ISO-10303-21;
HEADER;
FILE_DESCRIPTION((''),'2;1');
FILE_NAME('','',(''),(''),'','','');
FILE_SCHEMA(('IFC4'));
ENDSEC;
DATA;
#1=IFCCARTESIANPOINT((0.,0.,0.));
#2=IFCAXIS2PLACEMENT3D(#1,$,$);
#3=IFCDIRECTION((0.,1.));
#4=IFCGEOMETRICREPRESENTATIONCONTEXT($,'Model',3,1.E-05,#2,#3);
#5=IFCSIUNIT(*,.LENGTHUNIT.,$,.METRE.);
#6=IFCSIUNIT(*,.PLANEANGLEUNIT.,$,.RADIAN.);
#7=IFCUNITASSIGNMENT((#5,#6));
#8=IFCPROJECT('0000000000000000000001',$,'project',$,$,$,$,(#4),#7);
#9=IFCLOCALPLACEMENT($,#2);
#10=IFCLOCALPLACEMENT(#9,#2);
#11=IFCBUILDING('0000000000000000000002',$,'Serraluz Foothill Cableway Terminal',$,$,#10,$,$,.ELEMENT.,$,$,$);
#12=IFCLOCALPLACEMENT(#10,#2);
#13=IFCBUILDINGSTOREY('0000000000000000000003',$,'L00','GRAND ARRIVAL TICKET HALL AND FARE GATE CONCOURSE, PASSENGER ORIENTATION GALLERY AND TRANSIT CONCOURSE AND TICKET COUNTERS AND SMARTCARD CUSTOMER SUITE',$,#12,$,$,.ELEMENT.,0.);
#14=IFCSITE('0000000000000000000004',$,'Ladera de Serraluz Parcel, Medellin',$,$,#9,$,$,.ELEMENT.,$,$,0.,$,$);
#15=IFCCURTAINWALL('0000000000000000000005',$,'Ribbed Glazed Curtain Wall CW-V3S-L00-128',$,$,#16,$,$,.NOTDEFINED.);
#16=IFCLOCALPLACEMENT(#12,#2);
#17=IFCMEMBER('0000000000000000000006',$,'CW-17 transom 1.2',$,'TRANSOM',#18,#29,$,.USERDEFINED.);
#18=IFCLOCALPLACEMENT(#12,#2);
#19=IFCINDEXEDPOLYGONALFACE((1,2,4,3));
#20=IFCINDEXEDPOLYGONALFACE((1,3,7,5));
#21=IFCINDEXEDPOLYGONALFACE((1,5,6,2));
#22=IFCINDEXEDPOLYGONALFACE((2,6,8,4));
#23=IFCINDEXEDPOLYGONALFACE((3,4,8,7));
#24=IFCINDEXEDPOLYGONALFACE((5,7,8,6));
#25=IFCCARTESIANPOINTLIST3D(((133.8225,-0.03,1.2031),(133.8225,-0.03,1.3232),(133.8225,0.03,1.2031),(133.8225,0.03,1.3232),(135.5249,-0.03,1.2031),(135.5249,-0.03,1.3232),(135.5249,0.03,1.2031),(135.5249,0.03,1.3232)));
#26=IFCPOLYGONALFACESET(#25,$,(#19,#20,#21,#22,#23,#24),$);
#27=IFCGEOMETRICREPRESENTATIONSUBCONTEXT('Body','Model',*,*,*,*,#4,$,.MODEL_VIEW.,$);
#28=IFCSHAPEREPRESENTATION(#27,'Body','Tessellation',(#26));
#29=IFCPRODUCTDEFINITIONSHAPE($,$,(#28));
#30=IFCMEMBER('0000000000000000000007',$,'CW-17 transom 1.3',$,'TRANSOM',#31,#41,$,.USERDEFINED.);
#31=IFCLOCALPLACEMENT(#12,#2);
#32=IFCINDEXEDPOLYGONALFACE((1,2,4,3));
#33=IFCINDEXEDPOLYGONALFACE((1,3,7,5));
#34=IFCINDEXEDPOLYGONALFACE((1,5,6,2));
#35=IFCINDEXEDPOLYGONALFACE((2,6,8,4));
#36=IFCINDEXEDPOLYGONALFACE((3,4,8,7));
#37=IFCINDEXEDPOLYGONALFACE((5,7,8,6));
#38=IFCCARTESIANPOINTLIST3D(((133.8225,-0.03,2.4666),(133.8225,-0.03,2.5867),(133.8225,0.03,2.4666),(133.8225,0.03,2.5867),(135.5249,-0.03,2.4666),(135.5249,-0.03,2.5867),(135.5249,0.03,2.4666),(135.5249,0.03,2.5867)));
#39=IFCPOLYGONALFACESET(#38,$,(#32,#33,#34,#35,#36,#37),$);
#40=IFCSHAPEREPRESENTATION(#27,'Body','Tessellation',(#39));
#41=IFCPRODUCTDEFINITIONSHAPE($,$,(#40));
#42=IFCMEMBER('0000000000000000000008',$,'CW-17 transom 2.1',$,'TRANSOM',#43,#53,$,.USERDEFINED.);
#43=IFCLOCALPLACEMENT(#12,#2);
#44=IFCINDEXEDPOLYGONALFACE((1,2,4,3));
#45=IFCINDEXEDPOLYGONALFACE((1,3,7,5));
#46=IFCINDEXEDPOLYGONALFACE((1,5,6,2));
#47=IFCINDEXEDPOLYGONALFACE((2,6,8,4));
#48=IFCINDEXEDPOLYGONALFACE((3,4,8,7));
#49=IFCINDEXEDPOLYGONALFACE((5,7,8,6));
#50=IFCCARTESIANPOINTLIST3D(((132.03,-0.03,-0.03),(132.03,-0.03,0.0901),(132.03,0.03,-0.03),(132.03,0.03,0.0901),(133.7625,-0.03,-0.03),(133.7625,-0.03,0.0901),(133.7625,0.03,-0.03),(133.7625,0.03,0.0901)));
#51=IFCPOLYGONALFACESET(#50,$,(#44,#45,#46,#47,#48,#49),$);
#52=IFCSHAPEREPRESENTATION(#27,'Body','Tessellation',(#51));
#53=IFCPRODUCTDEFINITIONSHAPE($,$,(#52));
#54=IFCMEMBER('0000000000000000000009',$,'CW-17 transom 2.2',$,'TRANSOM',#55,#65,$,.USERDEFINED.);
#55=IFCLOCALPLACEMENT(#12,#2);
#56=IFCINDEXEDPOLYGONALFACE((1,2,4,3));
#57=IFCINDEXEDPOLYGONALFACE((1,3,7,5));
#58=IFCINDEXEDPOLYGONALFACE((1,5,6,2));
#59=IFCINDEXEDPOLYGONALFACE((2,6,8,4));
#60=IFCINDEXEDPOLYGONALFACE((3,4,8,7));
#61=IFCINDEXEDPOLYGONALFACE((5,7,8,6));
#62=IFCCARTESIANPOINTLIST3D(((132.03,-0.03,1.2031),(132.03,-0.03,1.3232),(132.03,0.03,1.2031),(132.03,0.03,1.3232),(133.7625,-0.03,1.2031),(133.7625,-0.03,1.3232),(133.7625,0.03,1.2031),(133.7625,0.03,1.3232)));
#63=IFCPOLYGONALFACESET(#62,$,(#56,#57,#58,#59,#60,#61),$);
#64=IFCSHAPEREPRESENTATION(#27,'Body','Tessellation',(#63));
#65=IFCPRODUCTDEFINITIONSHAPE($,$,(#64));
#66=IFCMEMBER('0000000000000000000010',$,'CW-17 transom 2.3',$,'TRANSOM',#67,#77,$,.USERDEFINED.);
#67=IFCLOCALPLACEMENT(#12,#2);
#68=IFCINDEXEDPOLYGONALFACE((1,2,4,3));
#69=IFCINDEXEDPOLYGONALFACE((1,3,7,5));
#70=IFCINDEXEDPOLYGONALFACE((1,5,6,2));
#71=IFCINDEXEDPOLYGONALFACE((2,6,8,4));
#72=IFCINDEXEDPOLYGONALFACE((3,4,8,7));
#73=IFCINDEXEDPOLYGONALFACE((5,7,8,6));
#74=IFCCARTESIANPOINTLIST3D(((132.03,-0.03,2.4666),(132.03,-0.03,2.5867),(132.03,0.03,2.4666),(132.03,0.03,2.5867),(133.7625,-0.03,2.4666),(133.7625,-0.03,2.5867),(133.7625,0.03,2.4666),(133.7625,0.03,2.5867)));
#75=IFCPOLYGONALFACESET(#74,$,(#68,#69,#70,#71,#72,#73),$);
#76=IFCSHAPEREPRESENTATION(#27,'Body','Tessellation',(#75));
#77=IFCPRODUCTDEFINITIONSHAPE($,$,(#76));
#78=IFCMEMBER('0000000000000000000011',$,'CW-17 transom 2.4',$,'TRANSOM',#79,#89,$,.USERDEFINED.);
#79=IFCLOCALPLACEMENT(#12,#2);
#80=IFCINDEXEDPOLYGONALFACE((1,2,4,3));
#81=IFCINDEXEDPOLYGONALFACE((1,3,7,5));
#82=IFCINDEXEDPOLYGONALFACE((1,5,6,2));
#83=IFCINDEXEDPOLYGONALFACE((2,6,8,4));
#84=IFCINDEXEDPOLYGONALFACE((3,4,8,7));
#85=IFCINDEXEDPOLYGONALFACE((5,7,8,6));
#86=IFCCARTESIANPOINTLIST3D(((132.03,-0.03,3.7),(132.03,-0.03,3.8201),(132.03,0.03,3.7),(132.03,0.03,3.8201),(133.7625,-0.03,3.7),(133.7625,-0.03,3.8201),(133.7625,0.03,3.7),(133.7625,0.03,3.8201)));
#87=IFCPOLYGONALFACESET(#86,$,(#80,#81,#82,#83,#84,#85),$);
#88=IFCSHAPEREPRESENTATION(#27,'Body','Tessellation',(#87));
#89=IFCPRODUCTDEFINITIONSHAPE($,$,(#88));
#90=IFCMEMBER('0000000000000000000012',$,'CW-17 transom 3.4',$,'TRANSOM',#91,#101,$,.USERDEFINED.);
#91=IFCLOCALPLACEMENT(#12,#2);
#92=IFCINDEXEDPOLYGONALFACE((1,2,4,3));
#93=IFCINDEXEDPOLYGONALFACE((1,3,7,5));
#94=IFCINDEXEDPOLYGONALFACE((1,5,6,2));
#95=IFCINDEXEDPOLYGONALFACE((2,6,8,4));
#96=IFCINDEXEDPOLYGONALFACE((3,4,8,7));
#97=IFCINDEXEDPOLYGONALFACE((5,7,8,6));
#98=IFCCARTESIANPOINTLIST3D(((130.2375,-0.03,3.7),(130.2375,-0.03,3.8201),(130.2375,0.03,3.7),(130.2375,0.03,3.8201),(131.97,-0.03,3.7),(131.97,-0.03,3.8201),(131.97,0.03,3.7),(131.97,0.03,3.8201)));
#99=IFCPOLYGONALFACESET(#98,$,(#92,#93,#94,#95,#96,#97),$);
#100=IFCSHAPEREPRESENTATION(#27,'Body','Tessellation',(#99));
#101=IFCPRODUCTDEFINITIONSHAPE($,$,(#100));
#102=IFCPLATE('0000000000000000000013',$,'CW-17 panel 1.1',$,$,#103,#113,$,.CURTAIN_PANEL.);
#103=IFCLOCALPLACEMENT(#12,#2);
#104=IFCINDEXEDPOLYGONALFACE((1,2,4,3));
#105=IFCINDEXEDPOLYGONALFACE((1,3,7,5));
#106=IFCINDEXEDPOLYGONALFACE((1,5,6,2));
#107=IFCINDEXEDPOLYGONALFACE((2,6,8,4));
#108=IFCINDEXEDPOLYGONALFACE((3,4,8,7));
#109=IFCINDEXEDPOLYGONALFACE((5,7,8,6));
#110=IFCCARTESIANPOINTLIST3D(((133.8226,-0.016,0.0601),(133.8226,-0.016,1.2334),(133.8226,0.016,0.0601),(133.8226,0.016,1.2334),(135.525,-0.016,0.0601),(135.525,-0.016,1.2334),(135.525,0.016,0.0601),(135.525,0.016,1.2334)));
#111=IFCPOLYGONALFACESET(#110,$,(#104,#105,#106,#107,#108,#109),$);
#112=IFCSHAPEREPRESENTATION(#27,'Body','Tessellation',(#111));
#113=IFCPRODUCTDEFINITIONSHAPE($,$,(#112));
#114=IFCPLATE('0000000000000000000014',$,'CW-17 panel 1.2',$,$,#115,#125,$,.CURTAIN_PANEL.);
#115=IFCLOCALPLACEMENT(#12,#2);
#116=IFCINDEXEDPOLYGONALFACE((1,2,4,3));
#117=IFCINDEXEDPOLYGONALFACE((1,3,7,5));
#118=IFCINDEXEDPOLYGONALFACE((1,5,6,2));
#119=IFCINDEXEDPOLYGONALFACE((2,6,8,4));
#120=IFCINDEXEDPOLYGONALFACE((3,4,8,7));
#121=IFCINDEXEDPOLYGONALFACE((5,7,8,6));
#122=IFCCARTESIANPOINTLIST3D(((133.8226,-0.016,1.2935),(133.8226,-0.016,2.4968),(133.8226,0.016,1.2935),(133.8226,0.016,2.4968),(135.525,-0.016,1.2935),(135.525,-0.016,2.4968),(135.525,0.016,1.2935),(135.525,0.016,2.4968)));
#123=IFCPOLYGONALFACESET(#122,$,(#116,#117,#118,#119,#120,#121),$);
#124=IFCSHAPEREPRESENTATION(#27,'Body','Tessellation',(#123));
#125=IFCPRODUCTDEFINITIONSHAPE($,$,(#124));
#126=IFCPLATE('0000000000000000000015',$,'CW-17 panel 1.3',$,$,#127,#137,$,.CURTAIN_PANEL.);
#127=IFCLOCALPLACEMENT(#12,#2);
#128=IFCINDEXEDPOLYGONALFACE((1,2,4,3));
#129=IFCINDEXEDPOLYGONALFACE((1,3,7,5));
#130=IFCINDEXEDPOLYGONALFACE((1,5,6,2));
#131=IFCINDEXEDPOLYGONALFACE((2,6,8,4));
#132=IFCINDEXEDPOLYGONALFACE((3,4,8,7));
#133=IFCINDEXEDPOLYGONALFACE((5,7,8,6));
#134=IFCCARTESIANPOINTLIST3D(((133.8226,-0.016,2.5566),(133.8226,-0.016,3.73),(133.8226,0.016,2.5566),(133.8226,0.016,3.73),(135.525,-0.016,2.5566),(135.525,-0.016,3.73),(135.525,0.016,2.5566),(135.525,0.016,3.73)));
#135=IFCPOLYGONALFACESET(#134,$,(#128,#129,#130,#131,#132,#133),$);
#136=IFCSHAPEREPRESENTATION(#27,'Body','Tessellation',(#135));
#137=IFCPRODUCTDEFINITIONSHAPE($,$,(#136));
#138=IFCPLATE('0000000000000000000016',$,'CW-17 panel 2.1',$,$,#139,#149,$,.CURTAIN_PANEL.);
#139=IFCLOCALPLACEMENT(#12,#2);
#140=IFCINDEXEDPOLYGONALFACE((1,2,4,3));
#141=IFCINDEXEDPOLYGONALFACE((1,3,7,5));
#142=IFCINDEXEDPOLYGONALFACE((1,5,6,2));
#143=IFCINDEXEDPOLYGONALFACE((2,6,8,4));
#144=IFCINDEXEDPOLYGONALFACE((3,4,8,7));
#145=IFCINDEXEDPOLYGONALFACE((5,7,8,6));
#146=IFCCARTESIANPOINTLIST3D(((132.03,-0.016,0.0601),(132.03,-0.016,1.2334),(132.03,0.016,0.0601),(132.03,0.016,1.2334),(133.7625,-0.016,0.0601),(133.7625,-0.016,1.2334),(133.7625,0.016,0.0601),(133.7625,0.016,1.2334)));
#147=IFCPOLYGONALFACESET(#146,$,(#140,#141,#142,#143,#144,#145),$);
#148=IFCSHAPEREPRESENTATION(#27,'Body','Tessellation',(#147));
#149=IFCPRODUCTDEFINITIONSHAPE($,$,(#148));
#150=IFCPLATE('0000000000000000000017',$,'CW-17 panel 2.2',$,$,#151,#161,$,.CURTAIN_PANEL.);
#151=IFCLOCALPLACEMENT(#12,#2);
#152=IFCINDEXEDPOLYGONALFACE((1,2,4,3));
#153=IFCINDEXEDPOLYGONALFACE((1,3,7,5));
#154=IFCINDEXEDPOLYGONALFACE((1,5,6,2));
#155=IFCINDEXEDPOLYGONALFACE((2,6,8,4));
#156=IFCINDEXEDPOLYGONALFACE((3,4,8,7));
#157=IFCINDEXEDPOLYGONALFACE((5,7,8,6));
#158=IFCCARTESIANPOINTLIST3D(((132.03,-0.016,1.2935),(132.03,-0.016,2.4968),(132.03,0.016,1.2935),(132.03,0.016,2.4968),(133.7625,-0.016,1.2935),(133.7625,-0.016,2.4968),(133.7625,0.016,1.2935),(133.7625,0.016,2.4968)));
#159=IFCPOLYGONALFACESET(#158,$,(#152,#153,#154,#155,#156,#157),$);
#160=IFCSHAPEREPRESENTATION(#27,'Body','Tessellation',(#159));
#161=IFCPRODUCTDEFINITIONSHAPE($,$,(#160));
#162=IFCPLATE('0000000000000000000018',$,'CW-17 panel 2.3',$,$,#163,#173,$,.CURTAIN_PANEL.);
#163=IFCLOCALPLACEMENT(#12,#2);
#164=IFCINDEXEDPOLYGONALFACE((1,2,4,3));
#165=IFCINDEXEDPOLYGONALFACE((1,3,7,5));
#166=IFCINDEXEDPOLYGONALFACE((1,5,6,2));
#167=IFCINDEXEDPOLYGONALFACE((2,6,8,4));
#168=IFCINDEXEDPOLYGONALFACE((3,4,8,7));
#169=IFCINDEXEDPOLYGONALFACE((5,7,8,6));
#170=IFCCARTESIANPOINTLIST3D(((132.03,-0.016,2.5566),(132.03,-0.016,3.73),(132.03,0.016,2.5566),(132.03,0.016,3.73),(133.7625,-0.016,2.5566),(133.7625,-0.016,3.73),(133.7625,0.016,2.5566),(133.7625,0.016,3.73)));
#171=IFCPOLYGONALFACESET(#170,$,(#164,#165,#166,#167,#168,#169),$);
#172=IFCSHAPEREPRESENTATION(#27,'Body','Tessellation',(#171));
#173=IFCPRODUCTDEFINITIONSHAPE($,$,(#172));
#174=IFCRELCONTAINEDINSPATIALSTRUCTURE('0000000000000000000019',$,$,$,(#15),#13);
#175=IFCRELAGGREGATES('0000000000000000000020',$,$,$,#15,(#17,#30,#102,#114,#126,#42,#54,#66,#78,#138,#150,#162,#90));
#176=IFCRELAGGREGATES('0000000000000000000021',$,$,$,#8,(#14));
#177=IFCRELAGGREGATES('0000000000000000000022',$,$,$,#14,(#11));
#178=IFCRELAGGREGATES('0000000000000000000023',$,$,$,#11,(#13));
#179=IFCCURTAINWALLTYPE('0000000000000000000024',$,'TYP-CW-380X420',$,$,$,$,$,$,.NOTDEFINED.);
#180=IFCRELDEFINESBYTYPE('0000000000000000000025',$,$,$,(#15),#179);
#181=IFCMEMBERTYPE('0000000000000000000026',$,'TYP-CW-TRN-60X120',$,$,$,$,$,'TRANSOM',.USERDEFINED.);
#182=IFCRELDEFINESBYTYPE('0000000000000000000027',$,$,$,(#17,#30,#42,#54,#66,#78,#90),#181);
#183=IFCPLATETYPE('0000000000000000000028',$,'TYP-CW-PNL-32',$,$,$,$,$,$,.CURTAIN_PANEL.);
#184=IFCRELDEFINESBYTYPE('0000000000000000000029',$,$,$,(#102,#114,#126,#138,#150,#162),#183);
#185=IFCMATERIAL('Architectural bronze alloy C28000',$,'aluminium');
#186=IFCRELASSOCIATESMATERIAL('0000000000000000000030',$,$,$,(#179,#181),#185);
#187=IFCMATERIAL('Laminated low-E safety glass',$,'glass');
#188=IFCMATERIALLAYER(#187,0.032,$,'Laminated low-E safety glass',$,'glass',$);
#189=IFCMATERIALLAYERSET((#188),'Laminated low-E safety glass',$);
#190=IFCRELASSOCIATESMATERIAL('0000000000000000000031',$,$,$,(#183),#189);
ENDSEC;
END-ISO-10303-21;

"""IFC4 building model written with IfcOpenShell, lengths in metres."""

from ifc_helpers import new_model, si_unit, direction, frame, origin, origin_2d, place, context, subcontext, project, spatial, rectangle, extrude, material, layer, layer_set, material_profile, profile_set, type_object, element, aggregate, save


model = new_model("IFC4")

# Units and contexts
model_context = context("Model", 3, precision=1e-05, world=origin(), true_north=direction((0.0, 1.0)))
body_context = subcontext(model_context, "Body", "Model", "MODEL_VIEW")
ifc_project = project(units=[si_unit("LENGTHUNIT", "METRE"), si_unit("PLANEANGLEUNIT", "RADIAN")], contexts=[model_context])

# Site, building, storey
site_placement = place(None, origin())
site = spatial("IfcSite", under=ifc_project, at=site_placement, Name="Ladera de Serraluz Parcel, Medellin", CompositionType="ELEMENT", RefElevation=0.0)
building_placement = place(site_placement, origin())
building = spatial("IfcBuilding", under=site, at=building_placement, Name="Serraluz Foothill Cableway Terminal", CompositionType="ELEMENT")
storey_placement = place(building_placement, origin())
storey = spatial("IfcBuildingStorey", under=building, at=storey_placement, Name="L00", Description="GRAND ARRIVAL TICKET HALL AND FARE GATE CONCOURSE, PASSENGER ORIENTATION GALLERY AND TRANSIT CONCOURSE AND TICKET COUNTERS AND SMARTCARD CUSTOMER SUITE", CompositionType="ELEMENT", Elevation=0.0)

# Curtain wall, members, plates
ifc_material_1 = material(Name="Architectural bronze alloy C28000", Category="aluminium")
curtain_wall_type = type_object("IfcCurtainWallType", Name="TYP-CW-380X420", PredefinedType="NOTDEFINED", material=ifc_material_1)
curtain_wall_placement = place(storey_placement, origin())
curtain_wall = element("IfcCurtainWall", 1, at=curtain_wall_placement, inside=storey, type_object=curtain_wall_type, Name="Ribbed Glazed Curtain Wall CW-V3S-L00-128", PredefinedType="NOTDEFINED")
ifc_material_profile_1 = material_profile(ifc_material_1, rectangle(XDim=0.0601, YDim=0.1201, at=origin_2d()), Name="ALU TRANSOM 60x120")
ifc_profile_set_1 = profile_set([ifc_material_profile_1], Name="Architectural bronze alloy C28000")
member_type_1 = type_object("IfcMemberType", Name="TYP-CW-TRN-60X120", ElementType="TRANSOM", PredefinedType="USERDEFINED", material=ifc_profile_set_1)
member_1_placement = place(storey_placement, frame((135.5249, 0.0, 1.2632), z_axis=(-1.0, 0.0, 0.0), x_axis=(0.0, -1.0, 0.0)))
member_1 = element("IfcMember", 2, at=member_1_placement, type_object=member_type_1, Name="CW-17 transom 1.2", ObjectType="TRANSOM", PredefinedType="USERDEFINED", context=body_context, shape_type="SweptSolid", body=[
    extrude(rectangle(XDim=0.0601, YDim=0.1201, at=origin_2d()), origin(), (0.0, 0.0, 1.0), 1.7024),
])
member_2_placement = place(storey_placement, frame((135.5249, 0.0, 2.5266), z_axis=(-1.0, 0.0, 0.0), x_axis=(0.0, -1.0, 0.0)))
member_2 = element("IfcMember", 3, at=member_2_placement, type_object=member_type_1, Name="CW-17 transom 1.3", ObjectType="TRANSOM", PredefinedType="USERDEFINED", context=body_context, shape_type="SweptSolid", body=[
    extrude(rectangle(XDim=0.0601, YDim=0.1201, at=origin_2d()), origin(), (0.0, 0.0, 1.0), 1.7024),
])
member_3_placement = place(storey_placement, frame((133.7625, 0.0, 0.03), z_axis=(-1.0, 0.0, 0.0), x_axis=(0.0, -1.0, 0.0)))
member_3 = element("IfcMember", 4, at=member_3_placement, type_object=member_type_1, Name="CW-17 transom 2.1", ObjectType="TRANSOM", PredefinedType="USERDEFINED", context=body_context, shape_type="SweptSolid", body=[
    extrude(rectangle(XDim=0.0601, YDim=0.1201, at=origin_2d()), origin(), (0.0, 0.0, 1.0), 1.7324),
])
member_4_placement = place(storey_placement, frame((133.7625, 0.0, 1.2632), z_axis=(-1.0, 0.0, 0.0), x_axis=(0.0, -1.0, 0.0)))
member_4 = element("IfcMember", 5, at=member_4_placement, type_object=member_type_1, Name="CW-17 transom 2.2", ObjectType="TRANSOM", PredefinedType="USERDEFINED", context=body_context, shape_type="SweptSolid", body=[
    extrude(rectangle(XDim=0.0601, YDim=0.1201, at=origin_2d()), origin(), (0.0, 0.0, 1.0), 1.7324),
])
member_5_placement = place(storey_placement, frame((133.7625, 0.0, 2.5266), z_axis=(-1.0, 0.0, 0.0), x_axis=(0.0, -1.0, 0.0)))
member_5 = element("IfcMember", 6, at=member_5_placement, type_object=member_type_1, Name="CW-17 transom 2.3", ObjectType="TRANSOM", PredefinedType="USERDEFINED", context=body_context, shape_type="SweptSolid", body=[
    extrude(rectangle(XDim=0.0601, YDim=0.1201, at=origin_2d()), origin(), (0.0, 0.0, 1.0), 1.7324),
])
member_6_placement = place(storey_placement, frame((133.7625, 0.0, 3.76), z_axis=(-1.0, 0.0, 0.0), x_axis=(0.0, -1.0, 0.0)))
member_6 = element("IfcMember", 7, at=member_6_placement, type_object=member_type_1, Name="CW-17 transom 2.4", ObjectType="TRANSOM", PredefinedType="USERDEFINED", context=body_context, shape_type="SweptSolid", body=[
    extrude(rectangle(XDim=0.0601, YDim=0.1201, at=origin_2d()), origin(), (0.0, 0.0, 1.0), 1.7324),
])
member_7_placement = place(storey_placement, frame((131.97, 0.0, 3.76), z_axis=(-1.0, 0.0, 0.0), x_axis=(0.0, -1.0, 0.0)))
member_7 = element("IfcMember", 8, at=member_7_placement, type_object=member_type_1, Name="CW-17 transom 3.4", ObjectType="TRANSOM", PredefinedType="USERDEFINED", context=body_context, shape_type="SweptSolid", body=[
    extrude(rectangle(XDim=0.0601, YDim=0.1201, at=origin_2d()), origin(), (0.0, 0.0, 1.0), 1.7324),
])
ifc_material_2 = material(Name="Laminated low-E safety glass", Category="glass")
ifc_layer = layer(ifc_material_2, 0.032, Name="Laminated low-E safety glass", Category="glass")
ifc_layer_set = layer_set([ifc_layer], Name="Laminated low-E safety glass")
plate_type = type_object("IfcPlateType", Name="TYP-CW-PNL-32", PredefinedType="CURTAIN_PANEL", material=ifc_layer_set)
plate_1_placement = place(storey_placement, frame((134.6738, 0.0, 0.0601), z_axis=(0.0, 0.0, 1.0), x_axis=(-1.0, 0.0, 0.0)))
plate_1 = element("IfcPlate", 9, at=plate_1_placement, type_object=plate_type, Name="CW-17 panel 1.1", PredefinedType="CURTAIN_PANEL", context=body_context, shape_type="SweptSolid", body=[
    extrude(rectangle(XDim=1.7024, YDim=0.032, at=origin_2d()), origin(), (0.0, 0.0, 1.0), 1.1733),
])
plate_2_placement = place(storey_placement, frame((134.6738, 0.0, 1.2935), z_axis=(0.0, 0.0, 1.0), x_axis=(-1.0, 0.0, 0.0)))
plate_2 = element("IfcPlate", 10, at=plate_2_placement, type_object=plate_type, Name="CW-17 panel 1.2", PredefinedType="CURTAIN_PANEL", context=body_context, shape_type="SweptSolid", body=[
    extrude(rectangle(XDim=1.7024, YDim=0.032, at=origin_2d()), origin(), (0.0, 0.0, 1.0), 1.2034),
])
plate_3_placement = place(storey_placement, frame((134.6738, 0.0, 2.5566), z_axis=(0.0, 0.0, 1.0), x_axis=(-1.0, 0.0, 0.0)))
plate_3 = element("IfcPlate", 11, at=plate_3_placement, type_object=plate_type, Name="CW-17 panel 1.3", PredefinedType="CURTAIN_PANEL", context=body_context, shape_type="SweptSolid", body=[
    extrude(rectangle(XDim=1.7024, YDim=0.032, at=origin_2d()), origin(), (0.0, 0.0, 1.0), 1.1733),
])
plate_4_placement = place(storey_placement, frame((132.8962, 0.0, 0.0601), z_axis=(0.0, 0.0, 1.0), x_axis=(-1.0, 0.0, 0.0)))
plate_4 = element("IfcPlate", 12, at=plate_4_placement, type_object=plate_type, Name="CW-17 panel 2.1", PredefinedType="CURTAIN_PANEL", context=body_context, shape_type="SweptSolid", body=[
    extrude(rectangle(XDim=1.7324, YDim=0.032, at=origin_2d()), origin(), (0.0, 0.0, 1.0), 1.1733),
])
plate_5_placement = place(storey_placement, frame((132.8962, 0.0, 1.2935), z_axis=(0.0, 0.0, 1.0), x_axis=(-1.0, 0.0, 0.0)))
plate_5 = element("IfcPlate", 13, at=plate_5_placement, type_object=plate_type, Name="CW-17 panel 2.2", PredefinedType="CURTAIN_PANEL", context=body_context, shape_type="SweptSolid", body=[
    extrude(rectangle(XDim=1.7324, YDim=0.032, at=origin_2d()), origin(), (0.0, 0.0, 1.0), 1.2034),
])
plate_6_placement = place(storey_placement, frame((132.8962, 0.0, 2.5566), z_axis=(0.0, 0.0, 1.0), x_axis=(-1.0, 0.0, 0.0)))
plate_6 = element("IfcPlate", 14, at=plate_6_placement, type_object=plate_type, Name="CW-17 panel 2.3", PredefinedType="CURTAIN_PANEL", context=body_context, shape_type="SweptSolid", body=[
    extrude(rectangle(XDim=1.7324, YDim=0.032, at=origin_2d()), origin(), (0.0, 0.0, 1.0), 1.1733),
])
aggregate(curtain_wall, [member_1, member_2, plate_1, plate_2, plate_3, member_3, member_4, member_5, member_6, plate_4, plate_5, plate_6, member_7])

save(model, "model.ifc")
